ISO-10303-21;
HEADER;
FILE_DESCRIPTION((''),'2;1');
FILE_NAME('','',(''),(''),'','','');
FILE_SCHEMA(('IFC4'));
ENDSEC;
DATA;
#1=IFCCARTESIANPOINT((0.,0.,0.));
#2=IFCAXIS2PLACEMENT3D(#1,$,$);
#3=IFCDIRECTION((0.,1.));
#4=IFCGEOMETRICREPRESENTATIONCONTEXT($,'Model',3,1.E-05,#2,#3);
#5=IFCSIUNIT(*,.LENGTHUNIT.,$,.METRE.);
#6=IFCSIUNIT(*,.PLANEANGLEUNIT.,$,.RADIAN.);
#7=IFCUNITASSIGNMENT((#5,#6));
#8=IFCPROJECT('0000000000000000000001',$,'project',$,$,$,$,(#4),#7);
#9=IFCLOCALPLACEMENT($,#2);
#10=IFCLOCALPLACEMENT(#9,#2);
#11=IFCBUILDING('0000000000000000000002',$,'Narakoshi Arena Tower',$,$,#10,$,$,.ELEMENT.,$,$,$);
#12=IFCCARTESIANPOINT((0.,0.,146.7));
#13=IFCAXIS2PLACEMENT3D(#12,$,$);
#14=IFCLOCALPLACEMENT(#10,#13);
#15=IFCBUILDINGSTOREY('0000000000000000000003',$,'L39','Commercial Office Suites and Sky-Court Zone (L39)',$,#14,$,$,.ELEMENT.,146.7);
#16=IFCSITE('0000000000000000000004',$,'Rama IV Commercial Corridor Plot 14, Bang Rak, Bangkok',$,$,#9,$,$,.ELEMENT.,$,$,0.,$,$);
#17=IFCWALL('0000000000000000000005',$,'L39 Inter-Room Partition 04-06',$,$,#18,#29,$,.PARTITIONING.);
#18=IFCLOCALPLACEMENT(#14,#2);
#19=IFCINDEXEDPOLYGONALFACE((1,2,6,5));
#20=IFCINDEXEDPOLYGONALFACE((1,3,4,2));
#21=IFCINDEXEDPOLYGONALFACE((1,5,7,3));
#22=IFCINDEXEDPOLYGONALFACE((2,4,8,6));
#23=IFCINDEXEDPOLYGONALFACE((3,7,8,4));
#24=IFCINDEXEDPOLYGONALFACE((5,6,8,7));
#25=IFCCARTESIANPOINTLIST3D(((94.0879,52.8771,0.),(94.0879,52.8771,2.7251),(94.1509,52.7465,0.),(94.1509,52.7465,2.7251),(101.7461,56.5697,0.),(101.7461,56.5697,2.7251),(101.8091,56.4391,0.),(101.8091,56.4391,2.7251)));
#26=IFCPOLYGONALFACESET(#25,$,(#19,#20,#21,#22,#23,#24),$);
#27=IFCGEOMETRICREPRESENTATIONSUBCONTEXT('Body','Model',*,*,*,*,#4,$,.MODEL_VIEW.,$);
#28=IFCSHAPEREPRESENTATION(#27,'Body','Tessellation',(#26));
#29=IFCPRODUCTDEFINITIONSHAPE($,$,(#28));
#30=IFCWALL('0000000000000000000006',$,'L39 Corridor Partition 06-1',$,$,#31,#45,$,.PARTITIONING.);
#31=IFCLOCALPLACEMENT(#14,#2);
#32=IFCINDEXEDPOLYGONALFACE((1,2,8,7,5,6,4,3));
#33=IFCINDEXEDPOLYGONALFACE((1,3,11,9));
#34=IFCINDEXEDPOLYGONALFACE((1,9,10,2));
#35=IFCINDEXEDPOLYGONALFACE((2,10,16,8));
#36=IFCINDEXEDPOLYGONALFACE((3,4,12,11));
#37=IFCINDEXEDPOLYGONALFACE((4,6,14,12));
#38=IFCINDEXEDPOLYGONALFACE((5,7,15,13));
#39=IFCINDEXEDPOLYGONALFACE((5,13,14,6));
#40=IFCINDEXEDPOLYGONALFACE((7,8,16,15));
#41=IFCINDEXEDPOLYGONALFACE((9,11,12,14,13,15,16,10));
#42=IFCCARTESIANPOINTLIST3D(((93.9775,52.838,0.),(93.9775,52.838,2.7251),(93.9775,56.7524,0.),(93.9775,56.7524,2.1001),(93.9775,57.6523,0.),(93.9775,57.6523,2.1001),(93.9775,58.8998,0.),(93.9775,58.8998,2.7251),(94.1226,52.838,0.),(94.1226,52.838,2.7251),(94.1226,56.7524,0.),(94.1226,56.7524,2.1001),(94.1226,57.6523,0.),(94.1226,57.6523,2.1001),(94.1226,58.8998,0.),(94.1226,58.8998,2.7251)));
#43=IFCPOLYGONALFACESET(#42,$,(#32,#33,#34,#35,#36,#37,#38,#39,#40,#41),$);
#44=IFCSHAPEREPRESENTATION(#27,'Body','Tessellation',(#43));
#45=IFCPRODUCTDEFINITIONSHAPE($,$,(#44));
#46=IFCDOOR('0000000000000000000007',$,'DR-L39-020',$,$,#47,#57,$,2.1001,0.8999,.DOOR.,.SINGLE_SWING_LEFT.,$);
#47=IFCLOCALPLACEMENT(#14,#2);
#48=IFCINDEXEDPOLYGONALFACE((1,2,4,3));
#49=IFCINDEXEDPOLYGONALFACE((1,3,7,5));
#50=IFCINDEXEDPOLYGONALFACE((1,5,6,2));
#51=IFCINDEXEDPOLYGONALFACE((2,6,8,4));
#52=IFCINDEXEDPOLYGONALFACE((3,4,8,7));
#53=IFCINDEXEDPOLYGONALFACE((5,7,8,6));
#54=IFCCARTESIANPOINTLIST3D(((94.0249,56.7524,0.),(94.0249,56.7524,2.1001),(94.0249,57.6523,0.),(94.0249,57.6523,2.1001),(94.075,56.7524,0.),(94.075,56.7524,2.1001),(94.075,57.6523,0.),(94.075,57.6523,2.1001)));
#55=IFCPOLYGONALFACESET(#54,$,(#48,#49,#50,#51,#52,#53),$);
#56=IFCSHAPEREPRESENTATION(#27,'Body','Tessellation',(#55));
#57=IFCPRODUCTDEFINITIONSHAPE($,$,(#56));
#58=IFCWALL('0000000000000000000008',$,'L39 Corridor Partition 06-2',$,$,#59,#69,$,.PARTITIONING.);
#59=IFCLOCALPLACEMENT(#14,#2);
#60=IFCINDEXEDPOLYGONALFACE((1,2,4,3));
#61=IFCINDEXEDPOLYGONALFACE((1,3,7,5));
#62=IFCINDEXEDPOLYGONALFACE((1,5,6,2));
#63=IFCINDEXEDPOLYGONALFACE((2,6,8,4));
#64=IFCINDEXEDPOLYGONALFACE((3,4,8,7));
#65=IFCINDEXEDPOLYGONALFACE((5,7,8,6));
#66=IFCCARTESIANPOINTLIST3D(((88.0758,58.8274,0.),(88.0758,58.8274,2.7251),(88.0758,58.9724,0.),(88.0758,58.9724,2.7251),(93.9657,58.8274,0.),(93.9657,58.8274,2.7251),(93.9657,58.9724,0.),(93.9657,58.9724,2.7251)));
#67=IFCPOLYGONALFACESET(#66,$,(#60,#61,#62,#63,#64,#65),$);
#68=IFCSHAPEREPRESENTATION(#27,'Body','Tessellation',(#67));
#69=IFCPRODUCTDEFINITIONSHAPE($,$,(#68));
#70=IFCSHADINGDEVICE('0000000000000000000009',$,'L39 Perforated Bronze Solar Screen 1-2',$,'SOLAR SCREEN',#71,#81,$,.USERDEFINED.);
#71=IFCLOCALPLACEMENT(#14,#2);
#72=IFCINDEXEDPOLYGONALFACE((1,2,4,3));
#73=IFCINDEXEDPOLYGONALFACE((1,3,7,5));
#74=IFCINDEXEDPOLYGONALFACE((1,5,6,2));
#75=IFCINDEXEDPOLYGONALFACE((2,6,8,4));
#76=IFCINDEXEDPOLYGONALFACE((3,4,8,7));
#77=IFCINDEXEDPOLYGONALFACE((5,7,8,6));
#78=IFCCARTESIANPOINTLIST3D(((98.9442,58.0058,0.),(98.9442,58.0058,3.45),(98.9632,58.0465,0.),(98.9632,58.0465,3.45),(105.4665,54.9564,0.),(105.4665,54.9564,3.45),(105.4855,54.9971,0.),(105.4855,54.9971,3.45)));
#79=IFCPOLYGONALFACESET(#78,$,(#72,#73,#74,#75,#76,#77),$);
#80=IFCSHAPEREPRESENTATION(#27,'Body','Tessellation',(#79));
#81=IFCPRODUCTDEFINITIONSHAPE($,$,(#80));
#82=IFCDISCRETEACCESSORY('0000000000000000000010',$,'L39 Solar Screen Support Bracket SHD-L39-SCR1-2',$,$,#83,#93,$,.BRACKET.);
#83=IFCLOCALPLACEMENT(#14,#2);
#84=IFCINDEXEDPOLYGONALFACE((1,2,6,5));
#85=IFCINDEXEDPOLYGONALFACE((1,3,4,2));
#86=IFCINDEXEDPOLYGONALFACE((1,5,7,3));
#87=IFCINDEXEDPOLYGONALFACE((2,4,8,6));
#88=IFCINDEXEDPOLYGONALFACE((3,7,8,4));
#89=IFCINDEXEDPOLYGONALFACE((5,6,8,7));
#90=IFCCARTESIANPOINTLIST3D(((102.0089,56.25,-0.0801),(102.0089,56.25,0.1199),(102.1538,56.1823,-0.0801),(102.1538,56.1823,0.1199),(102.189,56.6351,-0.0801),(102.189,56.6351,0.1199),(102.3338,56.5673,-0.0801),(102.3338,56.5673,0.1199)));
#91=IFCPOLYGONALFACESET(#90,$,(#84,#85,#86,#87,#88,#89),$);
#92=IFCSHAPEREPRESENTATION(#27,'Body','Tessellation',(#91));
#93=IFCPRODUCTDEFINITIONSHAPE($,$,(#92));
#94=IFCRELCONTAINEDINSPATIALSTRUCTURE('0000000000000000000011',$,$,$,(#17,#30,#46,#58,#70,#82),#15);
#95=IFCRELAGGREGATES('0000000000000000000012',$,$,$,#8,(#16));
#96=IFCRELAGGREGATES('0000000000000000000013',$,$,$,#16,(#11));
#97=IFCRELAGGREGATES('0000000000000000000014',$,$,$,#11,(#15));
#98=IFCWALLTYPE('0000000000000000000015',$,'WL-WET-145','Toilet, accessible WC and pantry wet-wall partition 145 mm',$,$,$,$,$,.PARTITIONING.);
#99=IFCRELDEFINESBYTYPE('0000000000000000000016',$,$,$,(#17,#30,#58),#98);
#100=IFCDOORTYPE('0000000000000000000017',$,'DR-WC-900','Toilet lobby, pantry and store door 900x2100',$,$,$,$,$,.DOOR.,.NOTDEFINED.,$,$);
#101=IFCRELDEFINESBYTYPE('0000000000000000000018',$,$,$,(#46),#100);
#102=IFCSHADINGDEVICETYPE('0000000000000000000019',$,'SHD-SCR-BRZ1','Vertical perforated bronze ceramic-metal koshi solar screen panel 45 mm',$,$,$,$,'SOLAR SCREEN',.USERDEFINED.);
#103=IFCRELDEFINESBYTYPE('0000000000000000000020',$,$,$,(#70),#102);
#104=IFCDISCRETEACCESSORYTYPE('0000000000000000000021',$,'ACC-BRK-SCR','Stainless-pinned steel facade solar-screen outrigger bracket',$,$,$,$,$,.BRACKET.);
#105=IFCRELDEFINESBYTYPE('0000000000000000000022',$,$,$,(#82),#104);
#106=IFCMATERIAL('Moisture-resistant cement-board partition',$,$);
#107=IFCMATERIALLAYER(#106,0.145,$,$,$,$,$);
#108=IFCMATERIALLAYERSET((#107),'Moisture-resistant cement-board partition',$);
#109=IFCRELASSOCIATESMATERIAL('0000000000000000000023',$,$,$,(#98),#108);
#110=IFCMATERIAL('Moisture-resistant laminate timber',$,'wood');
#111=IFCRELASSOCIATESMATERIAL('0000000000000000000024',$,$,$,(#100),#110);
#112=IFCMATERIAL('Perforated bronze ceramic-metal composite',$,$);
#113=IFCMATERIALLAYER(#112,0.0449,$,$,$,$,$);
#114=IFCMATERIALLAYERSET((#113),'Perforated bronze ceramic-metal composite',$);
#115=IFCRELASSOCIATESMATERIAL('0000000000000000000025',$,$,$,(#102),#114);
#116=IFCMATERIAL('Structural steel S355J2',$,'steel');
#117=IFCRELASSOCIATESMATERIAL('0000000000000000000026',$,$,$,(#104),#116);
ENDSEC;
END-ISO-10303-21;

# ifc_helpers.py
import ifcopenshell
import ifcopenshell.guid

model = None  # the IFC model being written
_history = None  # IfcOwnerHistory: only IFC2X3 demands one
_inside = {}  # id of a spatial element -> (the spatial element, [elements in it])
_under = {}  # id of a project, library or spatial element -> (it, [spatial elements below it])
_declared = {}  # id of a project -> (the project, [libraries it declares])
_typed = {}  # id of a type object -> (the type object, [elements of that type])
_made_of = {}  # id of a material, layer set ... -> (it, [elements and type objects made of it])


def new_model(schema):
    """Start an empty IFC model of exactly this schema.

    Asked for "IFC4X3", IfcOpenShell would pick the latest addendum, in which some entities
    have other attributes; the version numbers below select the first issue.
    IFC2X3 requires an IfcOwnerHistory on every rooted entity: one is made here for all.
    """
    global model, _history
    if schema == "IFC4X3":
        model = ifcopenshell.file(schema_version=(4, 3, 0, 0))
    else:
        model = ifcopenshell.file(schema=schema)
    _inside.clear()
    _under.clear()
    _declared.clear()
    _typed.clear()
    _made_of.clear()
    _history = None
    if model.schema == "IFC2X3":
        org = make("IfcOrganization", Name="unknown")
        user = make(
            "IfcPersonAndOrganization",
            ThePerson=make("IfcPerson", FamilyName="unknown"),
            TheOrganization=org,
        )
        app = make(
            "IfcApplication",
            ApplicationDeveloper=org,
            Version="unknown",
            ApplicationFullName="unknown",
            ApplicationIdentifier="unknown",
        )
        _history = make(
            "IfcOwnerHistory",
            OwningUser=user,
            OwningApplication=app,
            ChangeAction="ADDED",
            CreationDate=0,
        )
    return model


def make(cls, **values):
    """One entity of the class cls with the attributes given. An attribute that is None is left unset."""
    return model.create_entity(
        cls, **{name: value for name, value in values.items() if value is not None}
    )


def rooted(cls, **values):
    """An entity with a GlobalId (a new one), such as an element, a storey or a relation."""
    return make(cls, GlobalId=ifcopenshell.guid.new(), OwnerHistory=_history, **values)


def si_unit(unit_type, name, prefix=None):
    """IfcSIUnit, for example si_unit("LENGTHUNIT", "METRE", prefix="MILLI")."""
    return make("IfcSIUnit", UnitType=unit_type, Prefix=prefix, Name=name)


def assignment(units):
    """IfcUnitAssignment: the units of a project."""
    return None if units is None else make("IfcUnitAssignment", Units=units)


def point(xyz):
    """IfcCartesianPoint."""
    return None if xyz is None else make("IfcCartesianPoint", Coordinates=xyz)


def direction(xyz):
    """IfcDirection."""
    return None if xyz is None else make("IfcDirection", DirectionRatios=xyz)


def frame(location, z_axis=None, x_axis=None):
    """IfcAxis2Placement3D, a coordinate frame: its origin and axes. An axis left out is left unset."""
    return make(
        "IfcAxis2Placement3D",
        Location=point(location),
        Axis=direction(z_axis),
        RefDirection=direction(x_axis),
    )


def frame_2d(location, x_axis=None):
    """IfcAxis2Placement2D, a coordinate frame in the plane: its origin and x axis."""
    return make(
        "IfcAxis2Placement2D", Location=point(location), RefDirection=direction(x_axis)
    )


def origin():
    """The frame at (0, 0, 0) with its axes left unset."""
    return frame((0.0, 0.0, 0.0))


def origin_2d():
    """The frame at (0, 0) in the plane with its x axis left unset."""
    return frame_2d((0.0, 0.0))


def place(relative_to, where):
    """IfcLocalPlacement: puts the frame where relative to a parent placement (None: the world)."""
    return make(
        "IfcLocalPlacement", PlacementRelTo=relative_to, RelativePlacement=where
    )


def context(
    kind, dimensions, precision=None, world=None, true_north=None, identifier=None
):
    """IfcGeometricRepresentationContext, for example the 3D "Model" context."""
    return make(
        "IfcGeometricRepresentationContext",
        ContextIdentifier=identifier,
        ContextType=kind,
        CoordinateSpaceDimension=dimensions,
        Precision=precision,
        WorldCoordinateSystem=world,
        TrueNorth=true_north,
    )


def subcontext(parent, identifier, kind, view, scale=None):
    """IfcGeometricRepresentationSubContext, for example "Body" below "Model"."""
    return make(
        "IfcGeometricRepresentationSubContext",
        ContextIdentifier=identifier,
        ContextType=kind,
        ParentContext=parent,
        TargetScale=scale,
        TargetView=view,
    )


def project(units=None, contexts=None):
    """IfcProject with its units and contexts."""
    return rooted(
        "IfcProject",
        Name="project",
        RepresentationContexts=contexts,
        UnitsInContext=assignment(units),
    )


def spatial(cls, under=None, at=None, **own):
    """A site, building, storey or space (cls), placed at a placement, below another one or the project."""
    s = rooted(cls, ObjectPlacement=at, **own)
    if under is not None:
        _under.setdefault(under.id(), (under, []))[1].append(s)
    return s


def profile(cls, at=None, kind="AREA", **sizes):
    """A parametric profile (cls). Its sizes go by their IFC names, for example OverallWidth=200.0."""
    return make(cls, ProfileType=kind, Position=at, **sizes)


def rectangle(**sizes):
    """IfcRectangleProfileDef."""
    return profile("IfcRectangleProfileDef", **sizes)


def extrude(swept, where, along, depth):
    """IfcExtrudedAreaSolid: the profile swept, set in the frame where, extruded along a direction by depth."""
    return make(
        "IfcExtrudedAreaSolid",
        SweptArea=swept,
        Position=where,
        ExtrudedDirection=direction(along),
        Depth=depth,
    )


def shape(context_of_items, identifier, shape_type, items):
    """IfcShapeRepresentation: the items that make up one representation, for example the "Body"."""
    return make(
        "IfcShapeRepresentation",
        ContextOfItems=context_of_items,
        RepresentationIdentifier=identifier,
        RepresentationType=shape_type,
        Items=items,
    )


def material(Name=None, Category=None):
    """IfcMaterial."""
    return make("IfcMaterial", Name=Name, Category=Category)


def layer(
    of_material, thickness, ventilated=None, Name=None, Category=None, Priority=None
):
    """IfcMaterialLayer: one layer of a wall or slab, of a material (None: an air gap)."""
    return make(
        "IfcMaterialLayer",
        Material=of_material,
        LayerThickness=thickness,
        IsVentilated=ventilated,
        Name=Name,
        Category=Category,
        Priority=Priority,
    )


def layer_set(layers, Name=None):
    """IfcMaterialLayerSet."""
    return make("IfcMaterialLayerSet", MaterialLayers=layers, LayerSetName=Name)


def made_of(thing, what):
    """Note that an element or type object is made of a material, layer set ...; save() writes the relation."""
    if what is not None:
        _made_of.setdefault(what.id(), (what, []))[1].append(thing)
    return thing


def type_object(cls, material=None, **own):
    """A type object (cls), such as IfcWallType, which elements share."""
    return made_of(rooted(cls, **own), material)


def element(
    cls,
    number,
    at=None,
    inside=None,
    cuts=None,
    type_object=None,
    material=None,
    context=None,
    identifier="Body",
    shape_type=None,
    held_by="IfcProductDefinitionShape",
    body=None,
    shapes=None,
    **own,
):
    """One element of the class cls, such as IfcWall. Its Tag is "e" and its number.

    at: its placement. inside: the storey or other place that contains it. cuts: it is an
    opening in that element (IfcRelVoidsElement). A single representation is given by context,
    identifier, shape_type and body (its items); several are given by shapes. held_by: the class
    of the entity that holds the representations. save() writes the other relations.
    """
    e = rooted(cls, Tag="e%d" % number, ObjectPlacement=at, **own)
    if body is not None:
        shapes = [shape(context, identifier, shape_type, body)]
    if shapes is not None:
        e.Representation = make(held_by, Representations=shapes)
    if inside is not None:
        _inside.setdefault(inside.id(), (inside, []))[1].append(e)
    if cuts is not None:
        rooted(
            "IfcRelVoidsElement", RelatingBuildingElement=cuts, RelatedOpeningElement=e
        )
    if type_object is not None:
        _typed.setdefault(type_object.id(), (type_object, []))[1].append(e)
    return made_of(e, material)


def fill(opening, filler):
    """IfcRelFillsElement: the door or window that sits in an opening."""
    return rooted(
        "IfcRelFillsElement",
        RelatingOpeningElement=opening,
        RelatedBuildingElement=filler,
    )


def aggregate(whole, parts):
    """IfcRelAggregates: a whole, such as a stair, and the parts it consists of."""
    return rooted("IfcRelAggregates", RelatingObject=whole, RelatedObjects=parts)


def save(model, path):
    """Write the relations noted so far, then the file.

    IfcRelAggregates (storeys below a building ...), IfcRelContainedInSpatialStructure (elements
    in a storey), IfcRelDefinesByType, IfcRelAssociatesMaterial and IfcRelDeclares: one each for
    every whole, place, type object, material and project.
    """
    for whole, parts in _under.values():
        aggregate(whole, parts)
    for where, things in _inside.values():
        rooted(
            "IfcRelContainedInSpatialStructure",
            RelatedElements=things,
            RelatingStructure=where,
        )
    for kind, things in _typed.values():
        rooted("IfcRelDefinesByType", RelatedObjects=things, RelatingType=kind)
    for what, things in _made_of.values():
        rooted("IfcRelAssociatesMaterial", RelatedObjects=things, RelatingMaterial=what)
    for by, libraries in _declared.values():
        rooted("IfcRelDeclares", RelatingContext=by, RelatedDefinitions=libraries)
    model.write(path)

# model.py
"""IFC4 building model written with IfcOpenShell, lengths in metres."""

from ifc_helpers import new_model, si_unit, direction, frame, frame_2d, origin, origin_2d, place, context, subcontext, project, spatial, rectangle, extrude, material, layer, layer_set, type_object, element, fill, save


model = new_model("IFC4")

# Units and contexts
model_context = context("Model", 3, precision=1e-05, world=origin(), true_north=direction((0.0, 1.0)))
body_context = subcontext(model_context, "Body", "Model", "MODEL_VIEW")
ifc_project = project(units=[si_unit("LENGTHUNIT", "METRE"), si_unit("PLANEANGLEUNIT", "RADIAN")], contexts=[model_context])

# Site, building, storey
site_placement = place(None, origin())
site = spatial("IfcSite", under=ifc_project, at=site_placement, Name="Rama IV Commercial Corridor Plot 14, Bang Rak, Bangkok", CompositionType="ELEMENT", RefElevation=0.0)
building_placement = place(site_placement, origin())
building = spatial("IfcBuilding", under=site, at=building_placement, Name="Narakoshi Arena Tower", CompositionType="ELEMENT")
storey_placement = place(building_placement, frame((0.0, 0.0, 146.7)))
storey = spatial("IfcBuildingStorey", under=building, at=storey_placement, Name="L39", Description="Commercial Office Suites and Sky-Court Zone (L39)", CompositionType="ELEMENT", Elevation=146.7)

# Shared definitions
ifc_material_1 = material(Name="Structural steel S355J2", Category="steel")

# Wall
ifc_material_2 = material(Name="Moisture-resistant cement-board partition")
ifc_layer_1 = layer(ifc_material_2, 0.145)
ifc_layer_set_1 = layer_set([ifc_layer_1], Name="Moisture-resistant cement-board partition")
wall_type_1 = type_object("IfcWallType", Name="WL-WET-145", Description="Toilet, accessible WC and pantry wet-wall partition 145 mm", PredefinedType="PARTITIONING", material=ifc_layer_set_1)
wall_1_placement = place(storey_placement, frame((94.1194, 52.8118, 0.0), z_axis=(0.0, 0.0, 1.0), x_axis=(0.900756, 0.434326, 0.0)))
element("IfcWall", 1, at=wall_1_placement, inside=storey, type_object=wall_type_1, Name="L39 Inter-Room Partition 04-06", PredefinedType="PARTITIONING", context=body_context, shape_type="SweptSolid", body=[
    extrude(rectangle(XDim=8.502, YDim=0.145, at=frame_2d((4.251, 0.0))), origin(), (0.0, 0.0, 1.0), 2.7251),
])

# Wall, opening, door
wall_2_placement = place(storey_placement, frame((94.05, 52.8381, 0.0), z_axis=(0.0, 0.0, 1.0), x_axis=(0.0, 1.0, 0.0)))
wall_2 = element("IfcWall", 2, at=wall_2_placement, inside=storey, type_object=wall_type_1, Name="L39 Corridor Partition 06-1", PredefinedType="PARTITIONING", context=body_context, shape_type="SweptSolid", body=[
    extrude(rectangle(XDim=6.0618, YDim=0.145, at=frame_2d((3.0308, 0.0))), origin(), (0.0, 0.0, 1.0), 2.7251),
])
opening_1_placement = place(wall_2_placement, frame((3.9143, 0.0, 0.0)))
opening_1 = element("IfcOpeningElement", 3, at=opening_1_placement, cuts=wall_2, PredefinedType="OPENING", context=body_context, shape_type="SweptSolid", body=[
    extrude(rectangle(XDim=0.8999, YDim=2.1001, at=frame_2d((0.45, 1.05))), frame((0.0, 0.0825, 0.0), z_axis=(0.0, -1.0, 0.0), x_axis=(1.0, 0.0, 0.0)), (0.0, 0.0, 1.0), 0.165),
])
ifc_material_3 = material(Name="Moisture-resistant laminate timber", Category="wood")
door_type_1 = type_object("IfcDoorType", Name="DR-WC-900", Description="Toilet lobby, pantry and store door 900x2100", OperationType="NOTDEFINED", PredefinedType="DOOR", material=ifc_material_3)
door_1_placement = place(opening_1_placement, frame((0.8999, 0.0, 0.0), z_axis=(0.0, 0.0, 1.0), x_axis=(-1.0, 0.0, 0.0)))
door_1 = element("IfcDoor", 4, at=door_1_placement, inside=storey, type_object=door_type_1, Name="DR-L39-020", OperationType="SINGLE_SWING_LEFT", OverallHeight=2.1001, OverallWidth=0.8999, PredefinedType="DOOR", context=body_context, shape_type="SweptSolid", body=[
    extrude(rectangle(XDim=0.8999, YDim=2.1001, at=frame_2d((0.45, 1.05))), frame((0.0, 0.0249, 0.0), z_axis=(0.0, -1.0, 0.0), x_axis=(1.0, 0.0, 0.0)), (0.0, 0.0, 1.0), 0.05),
])
fill(opening_1, door_1)

# Wall
wall_3_placement = place(storey_placement, frame((93.9656, 58.8999, 0.0), z_axis=(0.0, 0.0, 1.0), x_axis=(-1.0, 0.0, 0.0)))
element("IfcWall", 5, at=wall_3_placement, inside=storey, type_object=wall_type_1, Name="L39 Corridor Partition 06-2", PredefinedType="PARTITIONING", context=body_context, shape_type="SweptSolid", body=[
    extrude(rectangle(XDim=5.8899, YDim=0.145, at=frame_2d((2.9448, 0.0))), origin(), (0.0, 0.0, 1.0), 2.7251),
])

# Shading device
ifc_material_4 = material(Name="Perforated bronze ceramic-metal composite")
ifc_layer_2 = layer(ifc_material_4, 0.0449)
ifc_layer_set_2 = layer_set([ifc_layer_2], Name="Perforated bronze ceramic-metal composite")
shading_device_type = type_object("IfcShadingDeviceType", Name="SHD-SCR-BRZ1", Description="Vertical perforated bronze ceramic-metal koshi solar screen panel 45 mm", ElementType="SOLAR SCREEN", PredefinedType="USERDEFINED", material=ifc_layer_set_2)
shading_device_placement = place(storey_placement, frame((102.2148, 56.5015, 0.0), z_axis=(0.0, 0.0, 1.0), x_axis=(-0.90588, 0.423535, 0.0)))
element("IfcShadingDevice", 6, at=shading_device_placement, inside=storey, type_object=shading_device_type, Name="L39 Perforated Bronze Solar Screen 1-2", ObjectType="SOLAR SCREEN", PredefinedType="USERDEFINED", context=body_context, shape_type="SweptSolid", body=[
    extrude(rectangle(XDim=7.2, YDim=0.0449, at=origin_2d()), origin(), (0.0, 0.0, 1.0), 3.45),
])

# Discrete accessory
discrete_accessory_type = type_object("IfcDiscreteAccessoryType", Name="ACC-BRK-SCR", Description="Stainless-pinned steel facade solar-screen outrigger bracket", PredefinedType="BRACKET", material=ifc_material_1)
discrete_accessory_placement = place(storey_placement, frame((102.1714, 56.4087, -0.0801), z_axis=(0.0, 0.0, 1.0), x_axis=(-0.90588, 0.423535, 0.0)))
element("IfcDiscreteAccessory", 7, at=discrete_accessory_placement, inside=storey, type_object=discrete_accessory_type, Name="L39 Solar Screen Support Bracket SHD-L39-SCR1-2", PredefinedType="BRACKET", context=body_context, shape_type="SweptSolid", body=[
    extrude(rectangle(XDim=0.1599, YDim=0.425, at=origin_2d()), origin(), (0.0, 0.0, 1.0), 0.2),
])

save(model, "model.ifc")
